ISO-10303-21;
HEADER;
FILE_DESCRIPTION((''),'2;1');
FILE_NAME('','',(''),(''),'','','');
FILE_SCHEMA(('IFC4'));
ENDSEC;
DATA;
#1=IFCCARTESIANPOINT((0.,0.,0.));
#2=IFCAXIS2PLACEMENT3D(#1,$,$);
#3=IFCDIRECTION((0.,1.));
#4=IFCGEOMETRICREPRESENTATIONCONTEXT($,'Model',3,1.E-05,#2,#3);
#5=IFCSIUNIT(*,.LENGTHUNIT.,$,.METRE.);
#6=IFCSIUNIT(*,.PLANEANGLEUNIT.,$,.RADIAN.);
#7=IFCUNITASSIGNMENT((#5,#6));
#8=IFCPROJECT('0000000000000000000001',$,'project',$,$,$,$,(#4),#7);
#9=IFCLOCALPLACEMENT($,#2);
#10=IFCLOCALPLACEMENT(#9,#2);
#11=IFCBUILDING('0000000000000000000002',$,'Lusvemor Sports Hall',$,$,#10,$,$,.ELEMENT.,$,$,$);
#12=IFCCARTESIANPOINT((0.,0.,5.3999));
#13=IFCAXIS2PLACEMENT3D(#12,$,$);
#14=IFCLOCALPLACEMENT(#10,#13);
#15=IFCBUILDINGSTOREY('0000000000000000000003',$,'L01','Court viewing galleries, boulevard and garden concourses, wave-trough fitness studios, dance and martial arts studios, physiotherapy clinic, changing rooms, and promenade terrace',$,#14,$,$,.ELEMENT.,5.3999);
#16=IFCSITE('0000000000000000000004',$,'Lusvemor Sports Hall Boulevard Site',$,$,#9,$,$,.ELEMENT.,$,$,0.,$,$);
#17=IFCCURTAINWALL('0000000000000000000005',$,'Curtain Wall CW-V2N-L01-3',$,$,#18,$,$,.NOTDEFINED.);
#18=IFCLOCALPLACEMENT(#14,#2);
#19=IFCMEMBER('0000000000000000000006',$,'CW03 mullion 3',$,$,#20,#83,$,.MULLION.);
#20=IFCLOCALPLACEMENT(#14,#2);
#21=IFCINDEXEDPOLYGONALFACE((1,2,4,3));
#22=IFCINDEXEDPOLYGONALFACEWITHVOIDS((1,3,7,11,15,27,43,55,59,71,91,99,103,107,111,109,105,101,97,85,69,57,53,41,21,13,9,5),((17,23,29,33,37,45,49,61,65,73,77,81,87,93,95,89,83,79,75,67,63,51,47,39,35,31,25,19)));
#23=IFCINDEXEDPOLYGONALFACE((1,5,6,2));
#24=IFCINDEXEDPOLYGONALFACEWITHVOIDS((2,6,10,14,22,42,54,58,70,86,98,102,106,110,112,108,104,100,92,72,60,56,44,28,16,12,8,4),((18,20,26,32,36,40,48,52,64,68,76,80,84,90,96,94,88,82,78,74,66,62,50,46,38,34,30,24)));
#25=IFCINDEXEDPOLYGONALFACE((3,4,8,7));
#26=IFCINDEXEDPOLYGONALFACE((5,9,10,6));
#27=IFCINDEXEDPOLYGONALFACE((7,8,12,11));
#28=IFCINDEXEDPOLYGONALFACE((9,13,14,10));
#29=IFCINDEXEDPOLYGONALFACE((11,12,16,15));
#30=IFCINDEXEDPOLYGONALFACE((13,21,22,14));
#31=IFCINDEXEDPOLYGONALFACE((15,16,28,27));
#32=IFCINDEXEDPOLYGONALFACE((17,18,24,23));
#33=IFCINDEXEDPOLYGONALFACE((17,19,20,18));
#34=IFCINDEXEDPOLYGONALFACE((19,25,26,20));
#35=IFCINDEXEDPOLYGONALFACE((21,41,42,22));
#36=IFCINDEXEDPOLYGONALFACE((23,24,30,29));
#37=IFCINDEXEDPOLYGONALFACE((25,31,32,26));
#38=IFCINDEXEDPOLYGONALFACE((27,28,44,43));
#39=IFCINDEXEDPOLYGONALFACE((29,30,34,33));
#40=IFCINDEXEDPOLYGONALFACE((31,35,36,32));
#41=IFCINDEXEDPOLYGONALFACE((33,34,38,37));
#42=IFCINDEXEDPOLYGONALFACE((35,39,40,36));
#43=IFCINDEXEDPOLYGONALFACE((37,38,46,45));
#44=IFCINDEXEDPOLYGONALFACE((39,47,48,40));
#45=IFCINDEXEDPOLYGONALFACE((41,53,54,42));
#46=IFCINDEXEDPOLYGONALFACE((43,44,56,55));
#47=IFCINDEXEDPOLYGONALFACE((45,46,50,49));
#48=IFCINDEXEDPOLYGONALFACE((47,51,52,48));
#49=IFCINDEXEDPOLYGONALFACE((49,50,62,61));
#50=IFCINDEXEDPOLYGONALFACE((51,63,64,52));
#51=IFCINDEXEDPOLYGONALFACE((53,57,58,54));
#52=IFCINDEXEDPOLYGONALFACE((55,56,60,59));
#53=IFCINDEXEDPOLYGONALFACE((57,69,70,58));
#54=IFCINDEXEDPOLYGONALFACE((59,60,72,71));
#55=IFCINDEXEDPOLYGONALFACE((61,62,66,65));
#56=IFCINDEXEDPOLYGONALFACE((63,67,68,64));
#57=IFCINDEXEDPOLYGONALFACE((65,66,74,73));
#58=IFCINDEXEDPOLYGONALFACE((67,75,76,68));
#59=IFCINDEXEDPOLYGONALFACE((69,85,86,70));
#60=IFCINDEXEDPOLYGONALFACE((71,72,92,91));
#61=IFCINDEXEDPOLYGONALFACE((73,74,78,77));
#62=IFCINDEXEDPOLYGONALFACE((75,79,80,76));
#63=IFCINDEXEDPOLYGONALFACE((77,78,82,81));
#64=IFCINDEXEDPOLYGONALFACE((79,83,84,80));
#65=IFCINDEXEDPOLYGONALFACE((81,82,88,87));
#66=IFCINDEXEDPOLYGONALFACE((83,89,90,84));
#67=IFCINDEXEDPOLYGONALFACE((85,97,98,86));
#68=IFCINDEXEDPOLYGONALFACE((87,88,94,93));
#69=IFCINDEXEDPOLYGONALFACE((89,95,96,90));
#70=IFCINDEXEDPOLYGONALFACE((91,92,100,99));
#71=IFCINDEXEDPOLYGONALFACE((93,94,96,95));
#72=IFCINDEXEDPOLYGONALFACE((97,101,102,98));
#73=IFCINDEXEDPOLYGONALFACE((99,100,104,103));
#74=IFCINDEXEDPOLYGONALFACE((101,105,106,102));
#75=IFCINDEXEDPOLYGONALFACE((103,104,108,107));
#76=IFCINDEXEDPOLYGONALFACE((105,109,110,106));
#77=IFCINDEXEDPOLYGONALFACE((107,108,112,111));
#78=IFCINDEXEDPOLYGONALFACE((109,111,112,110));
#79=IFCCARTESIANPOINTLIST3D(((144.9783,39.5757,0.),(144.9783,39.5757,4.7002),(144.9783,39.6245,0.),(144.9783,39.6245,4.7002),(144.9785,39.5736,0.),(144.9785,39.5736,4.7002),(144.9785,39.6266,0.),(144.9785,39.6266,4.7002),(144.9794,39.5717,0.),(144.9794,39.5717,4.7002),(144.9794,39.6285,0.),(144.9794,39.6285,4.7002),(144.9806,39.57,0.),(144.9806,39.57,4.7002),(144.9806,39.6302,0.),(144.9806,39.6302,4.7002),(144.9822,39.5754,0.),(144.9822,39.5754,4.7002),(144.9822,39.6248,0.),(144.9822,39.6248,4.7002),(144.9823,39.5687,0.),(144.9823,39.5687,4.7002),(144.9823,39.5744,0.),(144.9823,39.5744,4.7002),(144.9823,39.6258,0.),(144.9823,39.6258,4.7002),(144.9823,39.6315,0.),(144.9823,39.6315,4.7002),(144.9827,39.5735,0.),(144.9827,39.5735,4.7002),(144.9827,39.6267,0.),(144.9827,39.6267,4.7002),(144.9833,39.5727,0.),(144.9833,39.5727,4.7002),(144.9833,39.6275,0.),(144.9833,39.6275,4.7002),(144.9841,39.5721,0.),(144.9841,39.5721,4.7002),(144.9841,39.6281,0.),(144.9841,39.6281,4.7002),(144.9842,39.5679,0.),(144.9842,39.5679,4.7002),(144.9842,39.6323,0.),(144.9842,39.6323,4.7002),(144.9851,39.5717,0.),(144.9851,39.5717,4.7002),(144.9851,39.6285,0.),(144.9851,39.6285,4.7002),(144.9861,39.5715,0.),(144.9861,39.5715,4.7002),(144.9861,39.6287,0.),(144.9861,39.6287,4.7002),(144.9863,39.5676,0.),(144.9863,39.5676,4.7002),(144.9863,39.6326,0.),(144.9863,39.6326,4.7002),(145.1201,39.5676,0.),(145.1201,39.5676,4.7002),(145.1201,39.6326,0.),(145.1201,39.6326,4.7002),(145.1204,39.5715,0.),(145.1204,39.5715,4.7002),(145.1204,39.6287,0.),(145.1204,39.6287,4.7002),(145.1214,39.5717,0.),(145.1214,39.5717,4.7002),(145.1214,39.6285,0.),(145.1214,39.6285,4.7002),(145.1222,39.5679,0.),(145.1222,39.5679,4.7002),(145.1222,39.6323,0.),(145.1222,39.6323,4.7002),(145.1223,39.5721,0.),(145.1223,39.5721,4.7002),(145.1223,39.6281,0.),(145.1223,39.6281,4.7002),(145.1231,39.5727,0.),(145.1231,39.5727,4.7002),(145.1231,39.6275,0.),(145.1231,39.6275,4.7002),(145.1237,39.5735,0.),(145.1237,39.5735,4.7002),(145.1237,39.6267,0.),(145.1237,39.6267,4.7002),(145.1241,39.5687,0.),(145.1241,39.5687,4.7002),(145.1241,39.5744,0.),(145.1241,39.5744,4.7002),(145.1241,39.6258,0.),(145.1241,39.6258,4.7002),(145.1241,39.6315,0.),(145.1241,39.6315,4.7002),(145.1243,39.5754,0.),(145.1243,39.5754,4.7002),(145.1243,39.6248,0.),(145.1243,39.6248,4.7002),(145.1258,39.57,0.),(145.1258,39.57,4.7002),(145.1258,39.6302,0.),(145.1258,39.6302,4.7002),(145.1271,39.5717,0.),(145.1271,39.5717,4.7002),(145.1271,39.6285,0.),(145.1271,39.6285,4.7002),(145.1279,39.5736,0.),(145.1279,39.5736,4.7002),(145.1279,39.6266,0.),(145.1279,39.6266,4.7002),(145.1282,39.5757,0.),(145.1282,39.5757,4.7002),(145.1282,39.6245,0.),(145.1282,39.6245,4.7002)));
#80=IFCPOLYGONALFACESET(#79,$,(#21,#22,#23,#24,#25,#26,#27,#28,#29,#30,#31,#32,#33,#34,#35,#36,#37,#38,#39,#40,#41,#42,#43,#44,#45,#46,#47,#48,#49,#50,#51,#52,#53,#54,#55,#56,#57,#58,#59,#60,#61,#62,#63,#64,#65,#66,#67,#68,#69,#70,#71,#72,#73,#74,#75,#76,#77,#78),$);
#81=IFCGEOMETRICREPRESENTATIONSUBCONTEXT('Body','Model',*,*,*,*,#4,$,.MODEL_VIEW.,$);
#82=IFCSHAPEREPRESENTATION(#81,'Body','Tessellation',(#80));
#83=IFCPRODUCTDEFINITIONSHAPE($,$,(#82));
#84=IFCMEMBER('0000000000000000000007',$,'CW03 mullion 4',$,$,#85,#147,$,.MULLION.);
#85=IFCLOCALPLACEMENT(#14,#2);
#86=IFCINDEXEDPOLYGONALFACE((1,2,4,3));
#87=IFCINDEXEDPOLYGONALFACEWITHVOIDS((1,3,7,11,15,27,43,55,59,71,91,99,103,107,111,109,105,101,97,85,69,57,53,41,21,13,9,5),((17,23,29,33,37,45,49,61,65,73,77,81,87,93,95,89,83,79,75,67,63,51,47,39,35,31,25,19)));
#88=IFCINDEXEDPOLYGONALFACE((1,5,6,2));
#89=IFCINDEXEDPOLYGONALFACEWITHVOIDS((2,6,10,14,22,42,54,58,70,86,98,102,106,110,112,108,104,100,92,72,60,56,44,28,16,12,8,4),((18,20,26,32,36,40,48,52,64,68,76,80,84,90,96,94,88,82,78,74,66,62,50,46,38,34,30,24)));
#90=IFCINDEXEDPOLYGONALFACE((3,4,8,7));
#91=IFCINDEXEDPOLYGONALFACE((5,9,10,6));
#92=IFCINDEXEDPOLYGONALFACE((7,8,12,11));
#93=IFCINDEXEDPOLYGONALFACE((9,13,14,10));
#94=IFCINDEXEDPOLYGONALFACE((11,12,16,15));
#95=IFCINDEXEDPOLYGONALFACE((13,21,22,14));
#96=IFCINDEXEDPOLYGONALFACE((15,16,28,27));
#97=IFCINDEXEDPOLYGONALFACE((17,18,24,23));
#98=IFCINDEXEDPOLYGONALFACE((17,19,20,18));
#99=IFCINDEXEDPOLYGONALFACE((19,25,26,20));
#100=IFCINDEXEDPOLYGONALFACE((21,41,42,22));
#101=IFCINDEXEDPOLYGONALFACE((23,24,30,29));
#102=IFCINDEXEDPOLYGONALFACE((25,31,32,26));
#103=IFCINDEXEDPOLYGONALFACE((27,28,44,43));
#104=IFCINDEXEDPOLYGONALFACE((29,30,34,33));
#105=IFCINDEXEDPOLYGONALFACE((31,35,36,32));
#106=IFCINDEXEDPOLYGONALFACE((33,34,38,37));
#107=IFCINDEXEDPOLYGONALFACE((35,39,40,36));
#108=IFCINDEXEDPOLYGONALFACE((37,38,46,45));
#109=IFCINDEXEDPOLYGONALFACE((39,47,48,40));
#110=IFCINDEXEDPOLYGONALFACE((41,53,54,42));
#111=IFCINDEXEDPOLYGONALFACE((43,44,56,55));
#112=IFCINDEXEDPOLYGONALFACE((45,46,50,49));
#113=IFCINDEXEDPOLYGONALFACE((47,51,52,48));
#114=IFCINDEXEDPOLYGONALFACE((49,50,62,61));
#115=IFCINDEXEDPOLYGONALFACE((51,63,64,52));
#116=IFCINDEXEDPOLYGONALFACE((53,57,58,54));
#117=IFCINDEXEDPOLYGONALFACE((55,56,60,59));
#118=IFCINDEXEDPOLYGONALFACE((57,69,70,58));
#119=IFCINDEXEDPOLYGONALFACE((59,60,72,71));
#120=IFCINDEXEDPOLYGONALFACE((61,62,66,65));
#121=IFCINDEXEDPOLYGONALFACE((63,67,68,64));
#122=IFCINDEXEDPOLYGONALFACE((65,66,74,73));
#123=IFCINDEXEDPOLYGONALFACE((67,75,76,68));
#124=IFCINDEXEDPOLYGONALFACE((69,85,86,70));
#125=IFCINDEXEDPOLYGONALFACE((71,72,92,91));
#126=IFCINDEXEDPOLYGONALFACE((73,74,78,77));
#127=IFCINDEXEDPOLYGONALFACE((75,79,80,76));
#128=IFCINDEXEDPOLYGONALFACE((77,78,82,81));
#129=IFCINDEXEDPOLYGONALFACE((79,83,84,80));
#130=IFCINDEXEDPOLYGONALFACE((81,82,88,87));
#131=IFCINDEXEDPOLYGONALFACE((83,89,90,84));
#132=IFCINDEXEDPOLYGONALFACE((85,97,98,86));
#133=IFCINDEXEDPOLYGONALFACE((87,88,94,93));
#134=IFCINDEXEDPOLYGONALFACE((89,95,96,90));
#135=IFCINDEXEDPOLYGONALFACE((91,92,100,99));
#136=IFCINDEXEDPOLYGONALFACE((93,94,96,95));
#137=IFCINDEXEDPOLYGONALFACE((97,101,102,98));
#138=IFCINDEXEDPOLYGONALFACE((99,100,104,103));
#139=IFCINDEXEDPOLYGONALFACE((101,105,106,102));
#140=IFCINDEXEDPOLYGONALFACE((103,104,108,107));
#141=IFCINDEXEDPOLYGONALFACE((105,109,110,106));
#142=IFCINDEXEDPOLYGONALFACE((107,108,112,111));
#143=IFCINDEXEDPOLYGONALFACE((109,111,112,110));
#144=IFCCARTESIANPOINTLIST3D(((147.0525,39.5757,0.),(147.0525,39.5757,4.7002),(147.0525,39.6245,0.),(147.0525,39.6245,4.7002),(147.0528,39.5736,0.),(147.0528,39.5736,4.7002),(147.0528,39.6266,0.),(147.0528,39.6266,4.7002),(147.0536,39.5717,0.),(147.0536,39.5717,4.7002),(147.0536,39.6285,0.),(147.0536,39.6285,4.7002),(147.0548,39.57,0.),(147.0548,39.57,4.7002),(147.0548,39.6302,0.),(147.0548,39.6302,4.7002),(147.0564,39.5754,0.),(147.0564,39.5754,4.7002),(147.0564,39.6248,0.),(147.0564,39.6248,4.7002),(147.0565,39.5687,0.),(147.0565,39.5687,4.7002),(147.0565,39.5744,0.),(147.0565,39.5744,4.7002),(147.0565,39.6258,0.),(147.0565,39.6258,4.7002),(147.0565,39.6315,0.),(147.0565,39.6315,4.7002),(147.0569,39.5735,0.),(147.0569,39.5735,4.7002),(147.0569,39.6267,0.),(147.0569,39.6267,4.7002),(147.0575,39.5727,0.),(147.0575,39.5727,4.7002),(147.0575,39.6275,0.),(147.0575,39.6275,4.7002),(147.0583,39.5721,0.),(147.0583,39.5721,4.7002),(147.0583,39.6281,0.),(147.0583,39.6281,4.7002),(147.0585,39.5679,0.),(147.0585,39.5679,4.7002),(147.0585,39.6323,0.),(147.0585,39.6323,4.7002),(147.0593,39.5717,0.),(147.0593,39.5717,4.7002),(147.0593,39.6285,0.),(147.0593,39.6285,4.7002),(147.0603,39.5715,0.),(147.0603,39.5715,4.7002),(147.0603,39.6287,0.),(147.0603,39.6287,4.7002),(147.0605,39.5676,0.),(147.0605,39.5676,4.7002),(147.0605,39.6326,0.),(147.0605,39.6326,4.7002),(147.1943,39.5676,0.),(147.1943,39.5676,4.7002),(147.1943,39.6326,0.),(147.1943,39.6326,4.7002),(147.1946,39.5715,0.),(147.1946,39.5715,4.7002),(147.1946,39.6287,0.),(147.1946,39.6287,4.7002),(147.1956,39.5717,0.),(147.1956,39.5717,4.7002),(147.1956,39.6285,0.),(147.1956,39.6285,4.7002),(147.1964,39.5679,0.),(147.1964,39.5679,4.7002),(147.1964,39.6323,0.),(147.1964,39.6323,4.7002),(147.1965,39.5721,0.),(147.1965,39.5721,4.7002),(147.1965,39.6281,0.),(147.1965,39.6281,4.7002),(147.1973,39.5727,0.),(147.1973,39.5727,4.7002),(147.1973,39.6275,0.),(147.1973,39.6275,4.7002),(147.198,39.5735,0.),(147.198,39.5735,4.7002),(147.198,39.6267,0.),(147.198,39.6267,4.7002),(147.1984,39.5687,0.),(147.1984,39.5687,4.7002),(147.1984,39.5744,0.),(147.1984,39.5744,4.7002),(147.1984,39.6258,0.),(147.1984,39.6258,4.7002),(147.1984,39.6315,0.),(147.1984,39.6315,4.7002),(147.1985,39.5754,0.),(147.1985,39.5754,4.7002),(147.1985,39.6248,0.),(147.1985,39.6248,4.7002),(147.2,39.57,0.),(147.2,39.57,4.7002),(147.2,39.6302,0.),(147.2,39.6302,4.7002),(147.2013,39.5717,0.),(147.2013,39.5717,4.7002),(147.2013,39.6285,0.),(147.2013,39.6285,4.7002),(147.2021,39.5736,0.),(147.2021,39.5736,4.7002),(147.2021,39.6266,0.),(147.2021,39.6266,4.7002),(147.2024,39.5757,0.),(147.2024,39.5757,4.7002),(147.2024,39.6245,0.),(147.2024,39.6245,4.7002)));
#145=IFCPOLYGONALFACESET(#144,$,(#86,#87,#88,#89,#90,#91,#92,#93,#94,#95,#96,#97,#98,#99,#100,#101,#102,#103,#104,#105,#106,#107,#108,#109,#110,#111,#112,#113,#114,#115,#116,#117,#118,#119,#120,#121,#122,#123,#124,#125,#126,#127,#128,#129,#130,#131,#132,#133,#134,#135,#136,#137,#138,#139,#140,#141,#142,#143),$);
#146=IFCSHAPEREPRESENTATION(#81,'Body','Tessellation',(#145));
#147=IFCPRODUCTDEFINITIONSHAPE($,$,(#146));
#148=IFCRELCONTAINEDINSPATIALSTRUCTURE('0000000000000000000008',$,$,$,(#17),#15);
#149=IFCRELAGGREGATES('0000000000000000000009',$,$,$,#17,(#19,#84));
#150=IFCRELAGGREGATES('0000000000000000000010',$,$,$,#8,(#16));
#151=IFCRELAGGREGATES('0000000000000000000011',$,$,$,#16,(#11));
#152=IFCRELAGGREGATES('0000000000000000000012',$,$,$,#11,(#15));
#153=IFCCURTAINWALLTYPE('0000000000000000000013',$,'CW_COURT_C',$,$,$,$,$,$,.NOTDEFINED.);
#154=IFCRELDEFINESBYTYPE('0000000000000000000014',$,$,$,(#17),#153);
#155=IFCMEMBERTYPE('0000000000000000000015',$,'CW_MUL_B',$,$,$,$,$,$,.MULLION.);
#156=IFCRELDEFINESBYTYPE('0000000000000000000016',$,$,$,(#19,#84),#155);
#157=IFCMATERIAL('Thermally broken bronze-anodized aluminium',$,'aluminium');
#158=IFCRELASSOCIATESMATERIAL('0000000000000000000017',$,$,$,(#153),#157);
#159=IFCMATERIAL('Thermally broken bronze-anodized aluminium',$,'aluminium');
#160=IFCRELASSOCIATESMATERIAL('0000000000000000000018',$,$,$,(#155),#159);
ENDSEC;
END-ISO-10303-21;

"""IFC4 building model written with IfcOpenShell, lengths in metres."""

from ifc_helpers import new_model, si_unit, direction, frame, origin, origin_2d, place, context, subcontext, project, spatial, hollow_rectangle, extrude, material, material_profile, profile_set, type_object, element, aggregate, save


model = new_model("IFC4")

# Units and contexts
model_context = context("Model", 3, precision=1e-05, world=origin(), true_north=direction((0.0, 1.0)))
body_context = subcontext(model_context, "Body", "Model", "MODEL_VIEW")
ifc_project = project(units=[si_unit("LENGTHUNIT", "METRE"), si_unit("PLANEANGLEUNIT", "RADIAN")], contexts=[model_context])

# Site, building, storey
site_placement = place(None, origin())
site = spatial("IfcSite", under=ifc_project, at=site_placement, Name="Lusvemor Sports Hall Boulevard Site", CompositionType="ELEMENT", RefElevation=0.0)
building_placement = place(site_placement, origin())
building = spatial("IfcBuilding", under=site, at=building_placement, Name="Lusvemor Sports Hall", CompositionType="ELEMENT")
storey_placement = place(building_placement, frame((0.0, 0.0, 5.3999)))
storey = spatial("IfcBuildingStorey", under=building, at=storey_placement, Name="L01", Description="Court viewing galleries, boulevard and garden concourses, wave-trough fitness studios, dance and martial arts studios, physiotherapy clinic, changing rooms, and promenade terrace", CompositionType="ELEMENT", Elevation=5.3999)

# Curtain wall, members
ifc_material_1 = material(Name="Thermally broken bronze-anodized aluminium", Category="aluminium")
curtain_wall_type = type_object("IfcCurtainWallType", Name="CW_COURT_C", PredefinedType="NOTDEFINED", material=ifc_material_1)
curtain_wall_placement = place(storey_placement, origin())
curtain_wall = element("IfcCurtainWall", 1, at=curtain_wall_placement, inside=storey, type_object=curtain_wall_type, Name="Curtain Wall CW-V2N-L01-3", PredefinedType="NOTDEFINED")
ifc_material_2 = material(Name="Thermally broken bronze-anodized aluminium", Category="aluminium")
ifc_material_profile_1 = material_profile(ifc_material_2, hollow_rectangle(XDim=0.0649, YDim=0.1499, WallThickness=0.0039, InnerFilletRadius=0.0039, OuterFilletRadius=0.0081, at=origin_2d()), Name="CWMUL150x65x4")
ifc_profile_set_1 = profile_set([ifc_material_profile_1], Name="Thermally broken bronze-anodized aluminium")
member_type_1 = type_object("IfcMemberType", Name="CW_MUL_B", PredefinedType="MULLION", material=ifc_profile_set_1)
member_1_placement = place(storey_placement, frame((145.0532, 39.6001, 0.0), z_axis=(0.0, 0.0, 1.0), x_axis=(0.0, 1.0, 0.0)))
member_1 = element("IfcMember", 2, at=member_1_placement, type_object=member_type_1, Name="CW03 mullion 3", PredefinedType="MULLION", context=body_context, shape_type="SweptSolid", body=[
    extrude(hollow_rectangle(XDim=0.0649, YDim=0.1499, WallThickness=0.0039, InnerFilletRadius=0.0039, OuterFilletRadius=0.0081, at=origin_2d()), origin(), (0.0, 0.0, 1.0), 4.7002),
])
member_2_placement = place(storey_placement, frame((147.1274, 39.6001, 0.0), z_axis=(0.0, 0.0, 1.0), x_axis=(0.0, 1.0, 0.0)))
member_2 = element("IfcMember", 3, at=member_2_placement, type_object=member_type_1, Name="CW03 mullion 4", PredefinedType="MULLION", context=body_context, shape_type="SweptSolid", body=[
    extrude(hollow_rectangle(XDim=0.0649, YDim=0.1499, WallThickness=0.0039, InnerFilletRadius=0.0039, OuterFilletRadius=0.0081, at=origin_2d()), origin(), (0.0, 0.0, 1.0), 4.7002),
])

aggregate(curtain_wall, [member_1, member_2])

save(model, "model.ifc")
